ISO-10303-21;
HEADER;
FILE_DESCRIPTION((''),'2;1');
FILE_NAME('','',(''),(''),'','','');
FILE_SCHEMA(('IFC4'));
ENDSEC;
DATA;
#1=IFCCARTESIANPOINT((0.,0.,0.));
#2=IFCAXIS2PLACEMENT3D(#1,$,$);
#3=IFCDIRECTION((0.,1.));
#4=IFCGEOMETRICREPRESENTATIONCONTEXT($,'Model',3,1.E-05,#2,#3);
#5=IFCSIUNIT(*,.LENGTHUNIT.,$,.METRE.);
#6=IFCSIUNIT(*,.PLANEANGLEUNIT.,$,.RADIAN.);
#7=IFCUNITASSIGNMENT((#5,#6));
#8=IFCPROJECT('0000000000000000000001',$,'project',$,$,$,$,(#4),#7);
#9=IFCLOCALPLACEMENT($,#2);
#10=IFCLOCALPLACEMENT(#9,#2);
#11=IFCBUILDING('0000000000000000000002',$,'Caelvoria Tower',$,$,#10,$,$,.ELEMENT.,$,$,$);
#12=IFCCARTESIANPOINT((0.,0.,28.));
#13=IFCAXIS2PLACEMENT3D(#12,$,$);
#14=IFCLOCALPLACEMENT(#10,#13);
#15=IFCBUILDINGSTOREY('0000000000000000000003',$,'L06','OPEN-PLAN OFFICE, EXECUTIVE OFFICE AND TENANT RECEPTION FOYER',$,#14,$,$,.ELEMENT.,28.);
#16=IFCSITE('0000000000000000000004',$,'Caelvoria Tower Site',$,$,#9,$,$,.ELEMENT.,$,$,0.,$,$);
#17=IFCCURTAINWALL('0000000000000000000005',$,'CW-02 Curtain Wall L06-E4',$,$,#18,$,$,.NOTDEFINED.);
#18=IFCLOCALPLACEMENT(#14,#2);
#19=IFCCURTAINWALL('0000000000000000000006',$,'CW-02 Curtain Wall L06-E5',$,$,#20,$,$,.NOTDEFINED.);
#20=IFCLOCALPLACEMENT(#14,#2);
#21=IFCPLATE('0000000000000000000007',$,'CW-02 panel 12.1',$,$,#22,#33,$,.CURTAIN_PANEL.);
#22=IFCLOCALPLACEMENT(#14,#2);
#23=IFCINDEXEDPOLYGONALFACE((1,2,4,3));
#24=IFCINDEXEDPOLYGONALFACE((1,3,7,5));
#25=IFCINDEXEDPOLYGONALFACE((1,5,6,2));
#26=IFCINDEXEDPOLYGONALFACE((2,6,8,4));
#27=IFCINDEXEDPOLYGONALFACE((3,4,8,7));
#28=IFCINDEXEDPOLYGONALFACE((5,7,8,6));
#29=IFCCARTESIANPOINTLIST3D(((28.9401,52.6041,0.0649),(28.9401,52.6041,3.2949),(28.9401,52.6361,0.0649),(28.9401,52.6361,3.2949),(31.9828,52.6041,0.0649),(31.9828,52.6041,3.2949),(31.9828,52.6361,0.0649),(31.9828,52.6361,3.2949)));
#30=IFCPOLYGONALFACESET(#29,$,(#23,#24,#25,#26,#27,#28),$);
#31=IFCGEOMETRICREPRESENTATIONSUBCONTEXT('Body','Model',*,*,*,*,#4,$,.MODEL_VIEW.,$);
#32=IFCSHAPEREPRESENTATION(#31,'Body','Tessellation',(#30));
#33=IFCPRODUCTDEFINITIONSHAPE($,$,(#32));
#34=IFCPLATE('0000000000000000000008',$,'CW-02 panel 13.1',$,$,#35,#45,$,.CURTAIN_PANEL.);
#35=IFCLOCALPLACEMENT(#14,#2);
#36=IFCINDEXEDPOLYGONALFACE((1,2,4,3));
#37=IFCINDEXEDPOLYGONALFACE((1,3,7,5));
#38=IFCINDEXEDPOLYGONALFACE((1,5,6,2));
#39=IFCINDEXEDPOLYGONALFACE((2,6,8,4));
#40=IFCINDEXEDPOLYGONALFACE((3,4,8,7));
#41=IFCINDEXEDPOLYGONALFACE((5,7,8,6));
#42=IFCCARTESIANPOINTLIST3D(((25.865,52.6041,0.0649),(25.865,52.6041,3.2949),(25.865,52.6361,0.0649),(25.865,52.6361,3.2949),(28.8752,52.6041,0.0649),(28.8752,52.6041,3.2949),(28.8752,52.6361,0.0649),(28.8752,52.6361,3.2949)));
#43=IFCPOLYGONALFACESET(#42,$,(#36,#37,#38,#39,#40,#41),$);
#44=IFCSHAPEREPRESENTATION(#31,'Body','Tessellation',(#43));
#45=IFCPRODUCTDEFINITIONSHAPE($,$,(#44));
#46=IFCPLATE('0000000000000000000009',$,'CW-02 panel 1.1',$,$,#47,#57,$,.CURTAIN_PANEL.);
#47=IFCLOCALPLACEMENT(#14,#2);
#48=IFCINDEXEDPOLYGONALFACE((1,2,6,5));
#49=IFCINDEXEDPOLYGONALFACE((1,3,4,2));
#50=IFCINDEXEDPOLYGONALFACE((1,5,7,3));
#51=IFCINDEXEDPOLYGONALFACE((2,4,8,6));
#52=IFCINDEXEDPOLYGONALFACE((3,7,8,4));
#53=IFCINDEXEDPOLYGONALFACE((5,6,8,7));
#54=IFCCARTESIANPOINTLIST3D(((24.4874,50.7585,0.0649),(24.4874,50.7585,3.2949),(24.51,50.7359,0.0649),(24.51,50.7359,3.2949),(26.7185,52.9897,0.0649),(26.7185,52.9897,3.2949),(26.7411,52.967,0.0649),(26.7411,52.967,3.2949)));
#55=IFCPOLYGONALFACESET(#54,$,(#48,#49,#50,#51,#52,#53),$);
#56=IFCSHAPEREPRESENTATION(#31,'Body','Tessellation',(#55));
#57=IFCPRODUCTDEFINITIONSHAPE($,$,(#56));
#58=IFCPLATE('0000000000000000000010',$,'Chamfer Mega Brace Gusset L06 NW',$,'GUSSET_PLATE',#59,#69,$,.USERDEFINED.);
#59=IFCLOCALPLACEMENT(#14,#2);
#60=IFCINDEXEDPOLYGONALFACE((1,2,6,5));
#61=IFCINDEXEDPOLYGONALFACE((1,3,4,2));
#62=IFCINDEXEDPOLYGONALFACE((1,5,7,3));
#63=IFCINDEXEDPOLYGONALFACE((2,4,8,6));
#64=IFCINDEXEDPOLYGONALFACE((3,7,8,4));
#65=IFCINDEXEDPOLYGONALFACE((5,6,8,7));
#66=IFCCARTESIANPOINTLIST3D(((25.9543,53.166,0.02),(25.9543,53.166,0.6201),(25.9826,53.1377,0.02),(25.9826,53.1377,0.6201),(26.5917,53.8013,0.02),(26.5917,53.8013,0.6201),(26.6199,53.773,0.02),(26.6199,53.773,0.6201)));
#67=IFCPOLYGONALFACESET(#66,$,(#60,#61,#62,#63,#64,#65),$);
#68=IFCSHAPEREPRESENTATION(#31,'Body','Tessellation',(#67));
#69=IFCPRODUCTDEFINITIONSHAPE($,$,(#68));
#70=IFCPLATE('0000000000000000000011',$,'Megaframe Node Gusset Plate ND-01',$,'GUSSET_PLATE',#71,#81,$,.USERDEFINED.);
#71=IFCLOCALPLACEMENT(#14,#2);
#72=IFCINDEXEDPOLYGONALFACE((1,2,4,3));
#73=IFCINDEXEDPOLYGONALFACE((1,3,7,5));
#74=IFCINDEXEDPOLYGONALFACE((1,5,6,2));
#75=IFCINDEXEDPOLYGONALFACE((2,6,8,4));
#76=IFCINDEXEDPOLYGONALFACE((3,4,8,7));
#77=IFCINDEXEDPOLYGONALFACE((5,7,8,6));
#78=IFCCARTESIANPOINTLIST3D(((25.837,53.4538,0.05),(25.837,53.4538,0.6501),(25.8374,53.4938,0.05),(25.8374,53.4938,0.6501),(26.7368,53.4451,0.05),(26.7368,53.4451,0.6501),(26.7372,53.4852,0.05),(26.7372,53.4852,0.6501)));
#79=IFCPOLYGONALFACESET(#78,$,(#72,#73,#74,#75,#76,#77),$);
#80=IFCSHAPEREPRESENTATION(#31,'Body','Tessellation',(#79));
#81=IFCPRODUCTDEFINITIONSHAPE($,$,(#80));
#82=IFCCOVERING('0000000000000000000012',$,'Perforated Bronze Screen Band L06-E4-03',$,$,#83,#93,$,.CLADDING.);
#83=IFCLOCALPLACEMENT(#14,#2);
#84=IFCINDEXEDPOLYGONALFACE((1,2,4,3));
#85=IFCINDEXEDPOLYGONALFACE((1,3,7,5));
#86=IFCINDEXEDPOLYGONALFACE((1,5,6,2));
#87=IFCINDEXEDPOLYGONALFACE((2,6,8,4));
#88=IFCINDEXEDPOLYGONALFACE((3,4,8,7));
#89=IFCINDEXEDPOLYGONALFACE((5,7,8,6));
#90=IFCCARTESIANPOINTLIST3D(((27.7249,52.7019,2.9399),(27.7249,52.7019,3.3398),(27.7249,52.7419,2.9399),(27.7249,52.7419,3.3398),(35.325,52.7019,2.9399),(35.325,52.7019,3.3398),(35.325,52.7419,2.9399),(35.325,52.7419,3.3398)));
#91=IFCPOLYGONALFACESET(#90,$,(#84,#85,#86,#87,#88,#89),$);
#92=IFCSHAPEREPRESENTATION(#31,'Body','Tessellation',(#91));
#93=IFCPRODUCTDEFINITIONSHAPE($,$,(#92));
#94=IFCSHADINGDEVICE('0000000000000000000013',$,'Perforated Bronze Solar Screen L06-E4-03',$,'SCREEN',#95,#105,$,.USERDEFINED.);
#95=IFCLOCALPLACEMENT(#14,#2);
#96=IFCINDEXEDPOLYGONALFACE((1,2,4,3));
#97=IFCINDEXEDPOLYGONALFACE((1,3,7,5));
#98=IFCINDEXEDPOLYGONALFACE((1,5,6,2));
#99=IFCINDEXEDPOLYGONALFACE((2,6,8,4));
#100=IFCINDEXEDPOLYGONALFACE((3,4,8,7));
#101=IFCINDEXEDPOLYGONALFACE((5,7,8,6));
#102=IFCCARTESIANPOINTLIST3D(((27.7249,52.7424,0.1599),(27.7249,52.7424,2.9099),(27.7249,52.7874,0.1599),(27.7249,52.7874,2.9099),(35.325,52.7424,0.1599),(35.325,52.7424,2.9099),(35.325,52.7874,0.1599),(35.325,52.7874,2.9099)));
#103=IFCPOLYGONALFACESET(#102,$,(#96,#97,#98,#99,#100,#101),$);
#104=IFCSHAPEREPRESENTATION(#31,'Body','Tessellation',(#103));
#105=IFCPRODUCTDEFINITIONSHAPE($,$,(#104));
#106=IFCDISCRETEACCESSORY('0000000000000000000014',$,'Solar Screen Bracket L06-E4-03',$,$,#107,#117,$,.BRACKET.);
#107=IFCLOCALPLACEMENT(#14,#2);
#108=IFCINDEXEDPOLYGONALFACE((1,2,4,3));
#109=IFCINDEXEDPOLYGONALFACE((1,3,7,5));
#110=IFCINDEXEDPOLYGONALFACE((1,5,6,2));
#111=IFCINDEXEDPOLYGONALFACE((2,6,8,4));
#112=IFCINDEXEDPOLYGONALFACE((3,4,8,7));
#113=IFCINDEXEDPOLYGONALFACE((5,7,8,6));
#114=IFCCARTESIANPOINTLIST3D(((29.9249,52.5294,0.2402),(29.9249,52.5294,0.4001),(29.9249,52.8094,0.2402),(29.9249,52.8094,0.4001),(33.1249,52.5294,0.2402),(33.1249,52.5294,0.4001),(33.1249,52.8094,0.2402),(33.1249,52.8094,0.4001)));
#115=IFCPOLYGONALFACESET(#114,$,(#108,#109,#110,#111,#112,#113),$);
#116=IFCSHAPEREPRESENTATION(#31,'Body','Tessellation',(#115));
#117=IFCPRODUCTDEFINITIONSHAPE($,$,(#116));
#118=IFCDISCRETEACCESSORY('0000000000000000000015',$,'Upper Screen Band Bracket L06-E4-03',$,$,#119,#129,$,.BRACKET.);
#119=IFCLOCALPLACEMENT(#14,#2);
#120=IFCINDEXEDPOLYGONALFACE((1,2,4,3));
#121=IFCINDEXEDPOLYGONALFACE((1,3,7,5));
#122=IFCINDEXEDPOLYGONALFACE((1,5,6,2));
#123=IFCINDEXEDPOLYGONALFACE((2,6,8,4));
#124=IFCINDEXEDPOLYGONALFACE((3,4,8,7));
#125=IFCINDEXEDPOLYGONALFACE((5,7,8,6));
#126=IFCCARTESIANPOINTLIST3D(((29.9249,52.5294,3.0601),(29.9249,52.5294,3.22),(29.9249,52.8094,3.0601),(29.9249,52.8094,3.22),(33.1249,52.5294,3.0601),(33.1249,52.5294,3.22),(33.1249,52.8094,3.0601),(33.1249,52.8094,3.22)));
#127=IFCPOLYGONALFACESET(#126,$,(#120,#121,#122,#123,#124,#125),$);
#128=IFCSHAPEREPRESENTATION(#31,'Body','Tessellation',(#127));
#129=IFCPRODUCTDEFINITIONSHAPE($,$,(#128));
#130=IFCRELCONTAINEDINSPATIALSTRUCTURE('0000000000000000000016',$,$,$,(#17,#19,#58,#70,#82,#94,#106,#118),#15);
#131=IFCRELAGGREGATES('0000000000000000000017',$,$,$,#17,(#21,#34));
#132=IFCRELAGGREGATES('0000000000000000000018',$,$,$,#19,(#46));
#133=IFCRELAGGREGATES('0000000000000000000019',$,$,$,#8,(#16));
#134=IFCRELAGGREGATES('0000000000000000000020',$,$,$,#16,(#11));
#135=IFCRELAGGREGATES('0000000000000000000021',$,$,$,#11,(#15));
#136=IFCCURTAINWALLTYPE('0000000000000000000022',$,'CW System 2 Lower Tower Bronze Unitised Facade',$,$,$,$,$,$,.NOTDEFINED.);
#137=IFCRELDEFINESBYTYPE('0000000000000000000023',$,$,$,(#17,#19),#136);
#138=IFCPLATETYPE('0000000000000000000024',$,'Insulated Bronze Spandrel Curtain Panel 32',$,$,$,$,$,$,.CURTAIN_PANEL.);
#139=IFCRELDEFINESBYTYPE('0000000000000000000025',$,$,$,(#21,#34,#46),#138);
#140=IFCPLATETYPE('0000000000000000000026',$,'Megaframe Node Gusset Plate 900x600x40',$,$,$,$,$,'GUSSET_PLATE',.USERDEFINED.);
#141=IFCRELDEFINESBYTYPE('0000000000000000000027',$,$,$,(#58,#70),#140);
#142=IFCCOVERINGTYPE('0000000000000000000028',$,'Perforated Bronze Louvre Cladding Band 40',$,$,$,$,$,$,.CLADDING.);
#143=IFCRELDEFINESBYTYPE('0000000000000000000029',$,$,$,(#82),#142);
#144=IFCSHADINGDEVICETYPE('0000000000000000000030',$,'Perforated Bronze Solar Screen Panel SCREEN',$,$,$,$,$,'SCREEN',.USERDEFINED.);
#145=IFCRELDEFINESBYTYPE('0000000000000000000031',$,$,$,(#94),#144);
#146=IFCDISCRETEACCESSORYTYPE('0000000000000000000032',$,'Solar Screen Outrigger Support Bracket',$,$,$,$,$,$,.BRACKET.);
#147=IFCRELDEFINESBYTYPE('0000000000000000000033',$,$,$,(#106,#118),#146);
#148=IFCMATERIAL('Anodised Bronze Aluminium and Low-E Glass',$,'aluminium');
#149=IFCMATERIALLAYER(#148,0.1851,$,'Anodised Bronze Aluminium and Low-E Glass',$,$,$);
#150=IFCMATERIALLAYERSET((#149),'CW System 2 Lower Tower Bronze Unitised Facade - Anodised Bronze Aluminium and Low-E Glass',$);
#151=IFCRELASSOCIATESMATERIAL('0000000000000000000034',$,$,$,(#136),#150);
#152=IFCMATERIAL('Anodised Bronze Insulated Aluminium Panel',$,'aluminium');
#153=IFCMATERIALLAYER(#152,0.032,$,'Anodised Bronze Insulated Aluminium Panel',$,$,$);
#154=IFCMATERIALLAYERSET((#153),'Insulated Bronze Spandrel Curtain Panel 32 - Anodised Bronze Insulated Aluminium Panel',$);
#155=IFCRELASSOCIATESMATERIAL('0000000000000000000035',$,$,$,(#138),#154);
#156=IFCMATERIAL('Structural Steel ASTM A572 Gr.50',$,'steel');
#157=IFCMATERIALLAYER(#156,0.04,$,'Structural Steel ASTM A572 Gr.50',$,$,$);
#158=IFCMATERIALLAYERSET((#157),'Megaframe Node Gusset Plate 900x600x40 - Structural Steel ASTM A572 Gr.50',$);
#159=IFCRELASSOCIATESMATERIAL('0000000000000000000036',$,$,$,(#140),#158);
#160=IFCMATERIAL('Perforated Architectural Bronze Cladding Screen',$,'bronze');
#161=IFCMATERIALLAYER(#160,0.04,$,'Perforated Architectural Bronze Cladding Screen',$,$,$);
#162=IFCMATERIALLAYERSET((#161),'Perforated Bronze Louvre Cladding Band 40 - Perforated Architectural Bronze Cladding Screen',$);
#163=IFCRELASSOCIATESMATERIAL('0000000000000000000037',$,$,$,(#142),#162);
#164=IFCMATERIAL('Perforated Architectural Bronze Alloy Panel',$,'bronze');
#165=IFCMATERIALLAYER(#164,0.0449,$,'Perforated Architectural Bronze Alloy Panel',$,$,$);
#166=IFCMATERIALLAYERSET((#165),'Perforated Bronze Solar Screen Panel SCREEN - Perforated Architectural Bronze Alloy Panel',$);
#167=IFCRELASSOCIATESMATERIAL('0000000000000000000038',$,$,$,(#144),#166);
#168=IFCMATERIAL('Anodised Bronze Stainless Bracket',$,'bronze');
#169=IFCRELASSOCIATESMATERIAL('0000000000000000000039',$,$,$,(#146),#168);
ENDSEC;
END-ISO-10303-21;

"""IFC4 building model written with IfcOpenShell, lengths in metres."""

from ifc_helpers import new_model, si_unit, direction, frame, origin, origin_2d, place, context, subcontext, project, spatial, rectangle, extrude, material, layer, layer_set, type_object, element, aggregate, save


model = new_model("IFC4")

# Units and contexts
model_context = context("Model", 3, precision=1e-05, world=origin(), true_north=direction((0.0, 1.0)))
body_context = subcontext(model_context, "Body", "Model", "MODEL_VIEW")
ifc_project = project(units=[si_unit("LENGTHUNIT", "METRE"), si_unit("PLANEANGLEUNIT", "RADIAN")], contexts=[model_context])

# Site, building, storey
site_placement = place(None, origin())
site = spatial("IfcSite", under=ifc_project, at=site_placement, Name="Caelvoria Tower Site", CompositionType="ELEMENT", RefElevation=0.0)
building_placement = place(site_placement, origin())
building = spatial("IfcBuilding", under=site, at=building_placement, Name="Caelvoria Tower", CompositionType="ELEMENT")
storey_placement = place(building_placement, frame((0.0, 0.0, 28.0)))
storey = spatial("IfcBuildingStorey", under=building, at=storey_placement, Name="L06", Description="OPEN-PLAN OFFICE, EXECUTIVE OFFICE AND TENANT RECEPTION FOYER", CompositionType="ELEMENT", Elevation=28.0)

# Shared definitions
ifc_material_1 = material(Name="Structural Steel ASTM A572 Gr.50", Category="steel")

# Curtain wall
ifc_material_2 = material(Name="Anodised Bronze Aluminium and Low-E Glass", Category="aluminium")
ifc_layer_1 = layer(ifc_material_2, 0.1851, Name="Anodised Bronze Aluminium and Low-E Glass")
ifc_layer_set_1 = layer_set([ifc_layer_1], Name="CW System 2 Lower Tower Bronze Unitised Facade - Anodised Bronze Aluminium and Low-E Glass")
curtain_wall_type = type_object("IfcCurtainWallType", Name="CW System 2 Lower Tower Bronze Unitised Facade", PredefinedType="NOTDEFINED", material=ifc_layer_set_1)
curtain_wall_1_placement = place(storey_placement, origin())
curtain_wall_1 = element("IfcCurtainWall", 1, at=curtain_wall_1_placement, inside=storey, type_object=curtain_wall_type, Name="CW-02 Curtain Wall L06-E4", PredefinedType="NOTDEFINED")

# Curtain wall
curtain_wall_2_placement = place(storey_placement, origin())
curtain_wall_2 = element("IfcCurtainWall", 2, at=curtain_wall_2_placement, inside=storey, type_object=curtain_wall_type, Name="CW-02 Curtain Wall L06-E5", PredefinedType="NOTDEFINED")

# Plates
ifc_material_3 = material(Name="Anodised Bronze Insulated Aluminium Panel", Category="aluminium")
ifc_layer_2 = layer(ifc_material_3, 0.032, Name="Anodised Bronze Insulated Aluminium Panel")
ifc_layer_set_2 = layer_set([ifc_layer_2], Name="Insulated Bronze Spandrel Curtain Panel 32 - Anodised Bronze Insulated Aluminium Panel")
plate_type_1 = type_object("IfcPlateType", Name="Insulated Bronze Spandrel Curtain Panel 32", PredefinedType="CURTAIN_PANEL", material=ifc_layer_set_2)
plate_1_placement = place(storey_placement, frame((30.4614, 52.6201, 0.0649), z_axis=(0.0, 0.0, 1.0), x_axis=(-1.0, 0.0, 0.0)))
plate_1 = element("IfcPlate", 3, at=plate_1_placement, type_object=plate_type_1, Name="CW-02 panel 12.1", PredefinedType="CURTAIN_PANEL", context=body_context, shape_type="SweptSolid", body=[
    extrude(rectangle(XDim=3.0427, YDim=0.032, at=origin_2d()), origin(), (0.0, 0.0, 1.0), 3.23),
])
plate_2_placement = place(storey_placement, frame((27.3701, 52.6201, 0.0649), z_axis=(0.0, 0.0, 1.0), x_axis=(-1.0, 0.0, 0.0)))
plate_2 = element("IfcPlate", 4, at=plate_2_placement, type_object=plate_type_1, Name="CW-02 panel 13.1", PredefinedType="CURTAIN_PANEL", context=body_context, shape_type="SweptSolid", body=[
    extrude(rectangle(XDim=3.0103, YDim=0.032, at=origin_2d()), origin(), (0.0, 0.0, 1.0), 3.23),
])
aggregate(curtain_wall_1, [plate_1, plate_2])
plate_3_placement = place(storey_placement, frame((25.6143, 51.8628, 0.0649), z_axis=(0.0, 0.0, 1.0), x_axis=(-0.707107, -0.707107, 0.0)))
plate_3 = element("IfcPlate", 5, at=plate_3_placement, type_object=plate_type_1, Name="CW-02 panel 1.1", PredefinedType="CURTAIN_PANEL", context=body_context, shape_type="SweptSolid", body=[
    extrude(rectangle(XDim=3.1553, YDim=0.032, at=origin_2d()), origin(), (0.0, 0.0, 1.0), 3.23),
])
aggregate(curtain_wall_2, [plate_3])

# Plates
ifc_layer_3 = layer(ifc_material_1, 0.04, Name="Structural Steel ASTM A572 Gr.50")
ifc_layer_set_3 = layer_set([ifc_layer_3], Name="Megaframe Node Gusset Plate 900x600x40 - Structural Steel ASTM A572 Gr.50")
plate_type_2 = type_object("IfcPlateType", Name="Megaframe Node Gusset Plate 900x600x40", ElementType="GUSSET_PLATE", PredefinedType="USERDEFINED", material=ifc_layer_set_3)
for number, where, z_axis, x_axis, name in (
    (6, (26.2871, 53.4695, 0.02), (0.0, 0.0, 1.0), (-0.708247, -0.705964, 0.0), "Chamfer Mega Brace Gusset L06 NW"),
    (7, (26.2871, 53.4695, 0.05), (0.0, 0.0, 1.0), (0.999954, -0.009618, 0.0), "Megaframe Node Gusset Plate ND-01"),
):
    element("IfcPlate", number, at=place(storey_placement, frame(where, z_axis=z_axis, x_axis=x_axis)), inside=storey, type_object=plate_type_2, Name=name, ObjectType="GUSSET_PLATE", PredefinedType="USERDEFINED", context=body_context, shape_type="SweptSolid", body=[
        extrude(rectangle(XDim=0.8999, YDim=0.04, at=origin_2d()), origin(), (0.0, 0.0, 1.0), 0.6001),
    ])

# Covering
ifc_material_4 = material(Name="Perforated Architectural Bronze Cladding Screen", Category="bronze")
ifc_layer_4 = layer(ifc_material_4, 0.04, Name="Perforated Architectural Bronze Cladding Screen")
ifc_layer_set_4 = layer_set([ifc_layer_4], Name="Perforated Bronze Louvre Cladding Band 40 - Perforated Architectural Bronze Cladding Screen")
covering_type = type_object("IfcCoveringType", Name="Perforated Bronze Louvre Cladding Band 40", PredefinedType="CLADDING", material=ifc_layer_set_4)
covering_placement = place(storey_placement, frame((31.5249, 52.7219, 2.9399), z_axis=(0.0, 0.0, 1.0), x_axis=(-1.0, 0.0, 0.0)))
element("IfcCovering", 8, at=covering_placement, inside=storey, type_object=covering_type, Name="Perforated Bronze Screen Band L06-E4-03", PredefinedType="CLADDING", context=body_context, shape_type="SweptSolid", body=[
    extrude(rectangle(XDim=7.6001, YDim=0.04, at=origin_2d()), origin(), (0.0, 0.0, 1.0), 0.3999),
])

# Shading device
ifc_material_5 = material(Name="Perforated Architectural Bronze Alloy Panel", Category="bronze")
ifc_layer_5 = layer(ifc_material_5, 0.0449, Name="Perforated Architectural Bronze Alloy Panel")
ifc_layer_set_5 = layer_set([ifc_layer_5], Name="Perforated Bronze Solar Screen Panel SCREEN - Perforated Architectural Bronze Alloy Panel")
shading_device_type = type_object("IfcShadingDeviceType", Name="Perforated Bronze Solar Screen Panel SCREEN", ElementType="SCREEN", PredefinedType="USERDEFINED", material=ifc_layer_set_5)
shading_device_placement = place(storey_placement, frame((31.5249, 52.7649, 0.1599), z_axis=(0.0, 0.0, 1.0), x_axis=(-1.0, 0.0, 0.0)))
element("IfcShadingDevice", 9, at=shading_device_placement, inside=storey, type_object=shading_device_type, Name="Perforated Bronze Solar Screen L06-E4-03", ObjectType="SCREEN", PredefinedType="USERDEFINED", context=body_context, shape_type="SweptSolid", body=[
    extrude(rectangle(XDim=7.6001, YDim=0.0449, at=origin_2d()), origin(), (0.0, 0.0, 1.0), 2.75),
])

# Discrete accessories
ifc_material_6 = material(Name="Anodised Bronze Stainless Bracket", Category="bronze")
discrete_accessory_type = type_object("IfcDiscreteAccessoryType", Name="Solar Screen Outrigger Support Bracket", PredefinedType="BRACKET", material=ifc_material_6)
for number, where, z_axis, x_axis, name in (
    (10, (31.5249, 52.6694, 0.2402), (0.0, 0.0, 1.0), (-1.0, 0.0, 0.0), "Solar Screen Bracket L06-E4-03"),
    (11, (31.5249, 52.6694, 3.0601), (0.0, 0.0, 1.0), (-1.0, 0.0, 0.0), "Upper Screen Band Bracket L06-E4-03"),
):
    element("IfcDiscreteAccessory", number, at=place(storey_placement, frame(where, z_axis=z_axis, x_axis=x_axis)), inside=storey, type_object=discrete_accessory_type, Name=name, PredefinedType="BRACKET", context=body_context, shape_type="SweptSolid", body=[
        extrude(rectangle(XDim=3.2, YDim=0.28, at=origin_2d()), origin(), (0.0, 0.0, 1.0), 0.1599),
    ])

save(model, "model.ifc")
